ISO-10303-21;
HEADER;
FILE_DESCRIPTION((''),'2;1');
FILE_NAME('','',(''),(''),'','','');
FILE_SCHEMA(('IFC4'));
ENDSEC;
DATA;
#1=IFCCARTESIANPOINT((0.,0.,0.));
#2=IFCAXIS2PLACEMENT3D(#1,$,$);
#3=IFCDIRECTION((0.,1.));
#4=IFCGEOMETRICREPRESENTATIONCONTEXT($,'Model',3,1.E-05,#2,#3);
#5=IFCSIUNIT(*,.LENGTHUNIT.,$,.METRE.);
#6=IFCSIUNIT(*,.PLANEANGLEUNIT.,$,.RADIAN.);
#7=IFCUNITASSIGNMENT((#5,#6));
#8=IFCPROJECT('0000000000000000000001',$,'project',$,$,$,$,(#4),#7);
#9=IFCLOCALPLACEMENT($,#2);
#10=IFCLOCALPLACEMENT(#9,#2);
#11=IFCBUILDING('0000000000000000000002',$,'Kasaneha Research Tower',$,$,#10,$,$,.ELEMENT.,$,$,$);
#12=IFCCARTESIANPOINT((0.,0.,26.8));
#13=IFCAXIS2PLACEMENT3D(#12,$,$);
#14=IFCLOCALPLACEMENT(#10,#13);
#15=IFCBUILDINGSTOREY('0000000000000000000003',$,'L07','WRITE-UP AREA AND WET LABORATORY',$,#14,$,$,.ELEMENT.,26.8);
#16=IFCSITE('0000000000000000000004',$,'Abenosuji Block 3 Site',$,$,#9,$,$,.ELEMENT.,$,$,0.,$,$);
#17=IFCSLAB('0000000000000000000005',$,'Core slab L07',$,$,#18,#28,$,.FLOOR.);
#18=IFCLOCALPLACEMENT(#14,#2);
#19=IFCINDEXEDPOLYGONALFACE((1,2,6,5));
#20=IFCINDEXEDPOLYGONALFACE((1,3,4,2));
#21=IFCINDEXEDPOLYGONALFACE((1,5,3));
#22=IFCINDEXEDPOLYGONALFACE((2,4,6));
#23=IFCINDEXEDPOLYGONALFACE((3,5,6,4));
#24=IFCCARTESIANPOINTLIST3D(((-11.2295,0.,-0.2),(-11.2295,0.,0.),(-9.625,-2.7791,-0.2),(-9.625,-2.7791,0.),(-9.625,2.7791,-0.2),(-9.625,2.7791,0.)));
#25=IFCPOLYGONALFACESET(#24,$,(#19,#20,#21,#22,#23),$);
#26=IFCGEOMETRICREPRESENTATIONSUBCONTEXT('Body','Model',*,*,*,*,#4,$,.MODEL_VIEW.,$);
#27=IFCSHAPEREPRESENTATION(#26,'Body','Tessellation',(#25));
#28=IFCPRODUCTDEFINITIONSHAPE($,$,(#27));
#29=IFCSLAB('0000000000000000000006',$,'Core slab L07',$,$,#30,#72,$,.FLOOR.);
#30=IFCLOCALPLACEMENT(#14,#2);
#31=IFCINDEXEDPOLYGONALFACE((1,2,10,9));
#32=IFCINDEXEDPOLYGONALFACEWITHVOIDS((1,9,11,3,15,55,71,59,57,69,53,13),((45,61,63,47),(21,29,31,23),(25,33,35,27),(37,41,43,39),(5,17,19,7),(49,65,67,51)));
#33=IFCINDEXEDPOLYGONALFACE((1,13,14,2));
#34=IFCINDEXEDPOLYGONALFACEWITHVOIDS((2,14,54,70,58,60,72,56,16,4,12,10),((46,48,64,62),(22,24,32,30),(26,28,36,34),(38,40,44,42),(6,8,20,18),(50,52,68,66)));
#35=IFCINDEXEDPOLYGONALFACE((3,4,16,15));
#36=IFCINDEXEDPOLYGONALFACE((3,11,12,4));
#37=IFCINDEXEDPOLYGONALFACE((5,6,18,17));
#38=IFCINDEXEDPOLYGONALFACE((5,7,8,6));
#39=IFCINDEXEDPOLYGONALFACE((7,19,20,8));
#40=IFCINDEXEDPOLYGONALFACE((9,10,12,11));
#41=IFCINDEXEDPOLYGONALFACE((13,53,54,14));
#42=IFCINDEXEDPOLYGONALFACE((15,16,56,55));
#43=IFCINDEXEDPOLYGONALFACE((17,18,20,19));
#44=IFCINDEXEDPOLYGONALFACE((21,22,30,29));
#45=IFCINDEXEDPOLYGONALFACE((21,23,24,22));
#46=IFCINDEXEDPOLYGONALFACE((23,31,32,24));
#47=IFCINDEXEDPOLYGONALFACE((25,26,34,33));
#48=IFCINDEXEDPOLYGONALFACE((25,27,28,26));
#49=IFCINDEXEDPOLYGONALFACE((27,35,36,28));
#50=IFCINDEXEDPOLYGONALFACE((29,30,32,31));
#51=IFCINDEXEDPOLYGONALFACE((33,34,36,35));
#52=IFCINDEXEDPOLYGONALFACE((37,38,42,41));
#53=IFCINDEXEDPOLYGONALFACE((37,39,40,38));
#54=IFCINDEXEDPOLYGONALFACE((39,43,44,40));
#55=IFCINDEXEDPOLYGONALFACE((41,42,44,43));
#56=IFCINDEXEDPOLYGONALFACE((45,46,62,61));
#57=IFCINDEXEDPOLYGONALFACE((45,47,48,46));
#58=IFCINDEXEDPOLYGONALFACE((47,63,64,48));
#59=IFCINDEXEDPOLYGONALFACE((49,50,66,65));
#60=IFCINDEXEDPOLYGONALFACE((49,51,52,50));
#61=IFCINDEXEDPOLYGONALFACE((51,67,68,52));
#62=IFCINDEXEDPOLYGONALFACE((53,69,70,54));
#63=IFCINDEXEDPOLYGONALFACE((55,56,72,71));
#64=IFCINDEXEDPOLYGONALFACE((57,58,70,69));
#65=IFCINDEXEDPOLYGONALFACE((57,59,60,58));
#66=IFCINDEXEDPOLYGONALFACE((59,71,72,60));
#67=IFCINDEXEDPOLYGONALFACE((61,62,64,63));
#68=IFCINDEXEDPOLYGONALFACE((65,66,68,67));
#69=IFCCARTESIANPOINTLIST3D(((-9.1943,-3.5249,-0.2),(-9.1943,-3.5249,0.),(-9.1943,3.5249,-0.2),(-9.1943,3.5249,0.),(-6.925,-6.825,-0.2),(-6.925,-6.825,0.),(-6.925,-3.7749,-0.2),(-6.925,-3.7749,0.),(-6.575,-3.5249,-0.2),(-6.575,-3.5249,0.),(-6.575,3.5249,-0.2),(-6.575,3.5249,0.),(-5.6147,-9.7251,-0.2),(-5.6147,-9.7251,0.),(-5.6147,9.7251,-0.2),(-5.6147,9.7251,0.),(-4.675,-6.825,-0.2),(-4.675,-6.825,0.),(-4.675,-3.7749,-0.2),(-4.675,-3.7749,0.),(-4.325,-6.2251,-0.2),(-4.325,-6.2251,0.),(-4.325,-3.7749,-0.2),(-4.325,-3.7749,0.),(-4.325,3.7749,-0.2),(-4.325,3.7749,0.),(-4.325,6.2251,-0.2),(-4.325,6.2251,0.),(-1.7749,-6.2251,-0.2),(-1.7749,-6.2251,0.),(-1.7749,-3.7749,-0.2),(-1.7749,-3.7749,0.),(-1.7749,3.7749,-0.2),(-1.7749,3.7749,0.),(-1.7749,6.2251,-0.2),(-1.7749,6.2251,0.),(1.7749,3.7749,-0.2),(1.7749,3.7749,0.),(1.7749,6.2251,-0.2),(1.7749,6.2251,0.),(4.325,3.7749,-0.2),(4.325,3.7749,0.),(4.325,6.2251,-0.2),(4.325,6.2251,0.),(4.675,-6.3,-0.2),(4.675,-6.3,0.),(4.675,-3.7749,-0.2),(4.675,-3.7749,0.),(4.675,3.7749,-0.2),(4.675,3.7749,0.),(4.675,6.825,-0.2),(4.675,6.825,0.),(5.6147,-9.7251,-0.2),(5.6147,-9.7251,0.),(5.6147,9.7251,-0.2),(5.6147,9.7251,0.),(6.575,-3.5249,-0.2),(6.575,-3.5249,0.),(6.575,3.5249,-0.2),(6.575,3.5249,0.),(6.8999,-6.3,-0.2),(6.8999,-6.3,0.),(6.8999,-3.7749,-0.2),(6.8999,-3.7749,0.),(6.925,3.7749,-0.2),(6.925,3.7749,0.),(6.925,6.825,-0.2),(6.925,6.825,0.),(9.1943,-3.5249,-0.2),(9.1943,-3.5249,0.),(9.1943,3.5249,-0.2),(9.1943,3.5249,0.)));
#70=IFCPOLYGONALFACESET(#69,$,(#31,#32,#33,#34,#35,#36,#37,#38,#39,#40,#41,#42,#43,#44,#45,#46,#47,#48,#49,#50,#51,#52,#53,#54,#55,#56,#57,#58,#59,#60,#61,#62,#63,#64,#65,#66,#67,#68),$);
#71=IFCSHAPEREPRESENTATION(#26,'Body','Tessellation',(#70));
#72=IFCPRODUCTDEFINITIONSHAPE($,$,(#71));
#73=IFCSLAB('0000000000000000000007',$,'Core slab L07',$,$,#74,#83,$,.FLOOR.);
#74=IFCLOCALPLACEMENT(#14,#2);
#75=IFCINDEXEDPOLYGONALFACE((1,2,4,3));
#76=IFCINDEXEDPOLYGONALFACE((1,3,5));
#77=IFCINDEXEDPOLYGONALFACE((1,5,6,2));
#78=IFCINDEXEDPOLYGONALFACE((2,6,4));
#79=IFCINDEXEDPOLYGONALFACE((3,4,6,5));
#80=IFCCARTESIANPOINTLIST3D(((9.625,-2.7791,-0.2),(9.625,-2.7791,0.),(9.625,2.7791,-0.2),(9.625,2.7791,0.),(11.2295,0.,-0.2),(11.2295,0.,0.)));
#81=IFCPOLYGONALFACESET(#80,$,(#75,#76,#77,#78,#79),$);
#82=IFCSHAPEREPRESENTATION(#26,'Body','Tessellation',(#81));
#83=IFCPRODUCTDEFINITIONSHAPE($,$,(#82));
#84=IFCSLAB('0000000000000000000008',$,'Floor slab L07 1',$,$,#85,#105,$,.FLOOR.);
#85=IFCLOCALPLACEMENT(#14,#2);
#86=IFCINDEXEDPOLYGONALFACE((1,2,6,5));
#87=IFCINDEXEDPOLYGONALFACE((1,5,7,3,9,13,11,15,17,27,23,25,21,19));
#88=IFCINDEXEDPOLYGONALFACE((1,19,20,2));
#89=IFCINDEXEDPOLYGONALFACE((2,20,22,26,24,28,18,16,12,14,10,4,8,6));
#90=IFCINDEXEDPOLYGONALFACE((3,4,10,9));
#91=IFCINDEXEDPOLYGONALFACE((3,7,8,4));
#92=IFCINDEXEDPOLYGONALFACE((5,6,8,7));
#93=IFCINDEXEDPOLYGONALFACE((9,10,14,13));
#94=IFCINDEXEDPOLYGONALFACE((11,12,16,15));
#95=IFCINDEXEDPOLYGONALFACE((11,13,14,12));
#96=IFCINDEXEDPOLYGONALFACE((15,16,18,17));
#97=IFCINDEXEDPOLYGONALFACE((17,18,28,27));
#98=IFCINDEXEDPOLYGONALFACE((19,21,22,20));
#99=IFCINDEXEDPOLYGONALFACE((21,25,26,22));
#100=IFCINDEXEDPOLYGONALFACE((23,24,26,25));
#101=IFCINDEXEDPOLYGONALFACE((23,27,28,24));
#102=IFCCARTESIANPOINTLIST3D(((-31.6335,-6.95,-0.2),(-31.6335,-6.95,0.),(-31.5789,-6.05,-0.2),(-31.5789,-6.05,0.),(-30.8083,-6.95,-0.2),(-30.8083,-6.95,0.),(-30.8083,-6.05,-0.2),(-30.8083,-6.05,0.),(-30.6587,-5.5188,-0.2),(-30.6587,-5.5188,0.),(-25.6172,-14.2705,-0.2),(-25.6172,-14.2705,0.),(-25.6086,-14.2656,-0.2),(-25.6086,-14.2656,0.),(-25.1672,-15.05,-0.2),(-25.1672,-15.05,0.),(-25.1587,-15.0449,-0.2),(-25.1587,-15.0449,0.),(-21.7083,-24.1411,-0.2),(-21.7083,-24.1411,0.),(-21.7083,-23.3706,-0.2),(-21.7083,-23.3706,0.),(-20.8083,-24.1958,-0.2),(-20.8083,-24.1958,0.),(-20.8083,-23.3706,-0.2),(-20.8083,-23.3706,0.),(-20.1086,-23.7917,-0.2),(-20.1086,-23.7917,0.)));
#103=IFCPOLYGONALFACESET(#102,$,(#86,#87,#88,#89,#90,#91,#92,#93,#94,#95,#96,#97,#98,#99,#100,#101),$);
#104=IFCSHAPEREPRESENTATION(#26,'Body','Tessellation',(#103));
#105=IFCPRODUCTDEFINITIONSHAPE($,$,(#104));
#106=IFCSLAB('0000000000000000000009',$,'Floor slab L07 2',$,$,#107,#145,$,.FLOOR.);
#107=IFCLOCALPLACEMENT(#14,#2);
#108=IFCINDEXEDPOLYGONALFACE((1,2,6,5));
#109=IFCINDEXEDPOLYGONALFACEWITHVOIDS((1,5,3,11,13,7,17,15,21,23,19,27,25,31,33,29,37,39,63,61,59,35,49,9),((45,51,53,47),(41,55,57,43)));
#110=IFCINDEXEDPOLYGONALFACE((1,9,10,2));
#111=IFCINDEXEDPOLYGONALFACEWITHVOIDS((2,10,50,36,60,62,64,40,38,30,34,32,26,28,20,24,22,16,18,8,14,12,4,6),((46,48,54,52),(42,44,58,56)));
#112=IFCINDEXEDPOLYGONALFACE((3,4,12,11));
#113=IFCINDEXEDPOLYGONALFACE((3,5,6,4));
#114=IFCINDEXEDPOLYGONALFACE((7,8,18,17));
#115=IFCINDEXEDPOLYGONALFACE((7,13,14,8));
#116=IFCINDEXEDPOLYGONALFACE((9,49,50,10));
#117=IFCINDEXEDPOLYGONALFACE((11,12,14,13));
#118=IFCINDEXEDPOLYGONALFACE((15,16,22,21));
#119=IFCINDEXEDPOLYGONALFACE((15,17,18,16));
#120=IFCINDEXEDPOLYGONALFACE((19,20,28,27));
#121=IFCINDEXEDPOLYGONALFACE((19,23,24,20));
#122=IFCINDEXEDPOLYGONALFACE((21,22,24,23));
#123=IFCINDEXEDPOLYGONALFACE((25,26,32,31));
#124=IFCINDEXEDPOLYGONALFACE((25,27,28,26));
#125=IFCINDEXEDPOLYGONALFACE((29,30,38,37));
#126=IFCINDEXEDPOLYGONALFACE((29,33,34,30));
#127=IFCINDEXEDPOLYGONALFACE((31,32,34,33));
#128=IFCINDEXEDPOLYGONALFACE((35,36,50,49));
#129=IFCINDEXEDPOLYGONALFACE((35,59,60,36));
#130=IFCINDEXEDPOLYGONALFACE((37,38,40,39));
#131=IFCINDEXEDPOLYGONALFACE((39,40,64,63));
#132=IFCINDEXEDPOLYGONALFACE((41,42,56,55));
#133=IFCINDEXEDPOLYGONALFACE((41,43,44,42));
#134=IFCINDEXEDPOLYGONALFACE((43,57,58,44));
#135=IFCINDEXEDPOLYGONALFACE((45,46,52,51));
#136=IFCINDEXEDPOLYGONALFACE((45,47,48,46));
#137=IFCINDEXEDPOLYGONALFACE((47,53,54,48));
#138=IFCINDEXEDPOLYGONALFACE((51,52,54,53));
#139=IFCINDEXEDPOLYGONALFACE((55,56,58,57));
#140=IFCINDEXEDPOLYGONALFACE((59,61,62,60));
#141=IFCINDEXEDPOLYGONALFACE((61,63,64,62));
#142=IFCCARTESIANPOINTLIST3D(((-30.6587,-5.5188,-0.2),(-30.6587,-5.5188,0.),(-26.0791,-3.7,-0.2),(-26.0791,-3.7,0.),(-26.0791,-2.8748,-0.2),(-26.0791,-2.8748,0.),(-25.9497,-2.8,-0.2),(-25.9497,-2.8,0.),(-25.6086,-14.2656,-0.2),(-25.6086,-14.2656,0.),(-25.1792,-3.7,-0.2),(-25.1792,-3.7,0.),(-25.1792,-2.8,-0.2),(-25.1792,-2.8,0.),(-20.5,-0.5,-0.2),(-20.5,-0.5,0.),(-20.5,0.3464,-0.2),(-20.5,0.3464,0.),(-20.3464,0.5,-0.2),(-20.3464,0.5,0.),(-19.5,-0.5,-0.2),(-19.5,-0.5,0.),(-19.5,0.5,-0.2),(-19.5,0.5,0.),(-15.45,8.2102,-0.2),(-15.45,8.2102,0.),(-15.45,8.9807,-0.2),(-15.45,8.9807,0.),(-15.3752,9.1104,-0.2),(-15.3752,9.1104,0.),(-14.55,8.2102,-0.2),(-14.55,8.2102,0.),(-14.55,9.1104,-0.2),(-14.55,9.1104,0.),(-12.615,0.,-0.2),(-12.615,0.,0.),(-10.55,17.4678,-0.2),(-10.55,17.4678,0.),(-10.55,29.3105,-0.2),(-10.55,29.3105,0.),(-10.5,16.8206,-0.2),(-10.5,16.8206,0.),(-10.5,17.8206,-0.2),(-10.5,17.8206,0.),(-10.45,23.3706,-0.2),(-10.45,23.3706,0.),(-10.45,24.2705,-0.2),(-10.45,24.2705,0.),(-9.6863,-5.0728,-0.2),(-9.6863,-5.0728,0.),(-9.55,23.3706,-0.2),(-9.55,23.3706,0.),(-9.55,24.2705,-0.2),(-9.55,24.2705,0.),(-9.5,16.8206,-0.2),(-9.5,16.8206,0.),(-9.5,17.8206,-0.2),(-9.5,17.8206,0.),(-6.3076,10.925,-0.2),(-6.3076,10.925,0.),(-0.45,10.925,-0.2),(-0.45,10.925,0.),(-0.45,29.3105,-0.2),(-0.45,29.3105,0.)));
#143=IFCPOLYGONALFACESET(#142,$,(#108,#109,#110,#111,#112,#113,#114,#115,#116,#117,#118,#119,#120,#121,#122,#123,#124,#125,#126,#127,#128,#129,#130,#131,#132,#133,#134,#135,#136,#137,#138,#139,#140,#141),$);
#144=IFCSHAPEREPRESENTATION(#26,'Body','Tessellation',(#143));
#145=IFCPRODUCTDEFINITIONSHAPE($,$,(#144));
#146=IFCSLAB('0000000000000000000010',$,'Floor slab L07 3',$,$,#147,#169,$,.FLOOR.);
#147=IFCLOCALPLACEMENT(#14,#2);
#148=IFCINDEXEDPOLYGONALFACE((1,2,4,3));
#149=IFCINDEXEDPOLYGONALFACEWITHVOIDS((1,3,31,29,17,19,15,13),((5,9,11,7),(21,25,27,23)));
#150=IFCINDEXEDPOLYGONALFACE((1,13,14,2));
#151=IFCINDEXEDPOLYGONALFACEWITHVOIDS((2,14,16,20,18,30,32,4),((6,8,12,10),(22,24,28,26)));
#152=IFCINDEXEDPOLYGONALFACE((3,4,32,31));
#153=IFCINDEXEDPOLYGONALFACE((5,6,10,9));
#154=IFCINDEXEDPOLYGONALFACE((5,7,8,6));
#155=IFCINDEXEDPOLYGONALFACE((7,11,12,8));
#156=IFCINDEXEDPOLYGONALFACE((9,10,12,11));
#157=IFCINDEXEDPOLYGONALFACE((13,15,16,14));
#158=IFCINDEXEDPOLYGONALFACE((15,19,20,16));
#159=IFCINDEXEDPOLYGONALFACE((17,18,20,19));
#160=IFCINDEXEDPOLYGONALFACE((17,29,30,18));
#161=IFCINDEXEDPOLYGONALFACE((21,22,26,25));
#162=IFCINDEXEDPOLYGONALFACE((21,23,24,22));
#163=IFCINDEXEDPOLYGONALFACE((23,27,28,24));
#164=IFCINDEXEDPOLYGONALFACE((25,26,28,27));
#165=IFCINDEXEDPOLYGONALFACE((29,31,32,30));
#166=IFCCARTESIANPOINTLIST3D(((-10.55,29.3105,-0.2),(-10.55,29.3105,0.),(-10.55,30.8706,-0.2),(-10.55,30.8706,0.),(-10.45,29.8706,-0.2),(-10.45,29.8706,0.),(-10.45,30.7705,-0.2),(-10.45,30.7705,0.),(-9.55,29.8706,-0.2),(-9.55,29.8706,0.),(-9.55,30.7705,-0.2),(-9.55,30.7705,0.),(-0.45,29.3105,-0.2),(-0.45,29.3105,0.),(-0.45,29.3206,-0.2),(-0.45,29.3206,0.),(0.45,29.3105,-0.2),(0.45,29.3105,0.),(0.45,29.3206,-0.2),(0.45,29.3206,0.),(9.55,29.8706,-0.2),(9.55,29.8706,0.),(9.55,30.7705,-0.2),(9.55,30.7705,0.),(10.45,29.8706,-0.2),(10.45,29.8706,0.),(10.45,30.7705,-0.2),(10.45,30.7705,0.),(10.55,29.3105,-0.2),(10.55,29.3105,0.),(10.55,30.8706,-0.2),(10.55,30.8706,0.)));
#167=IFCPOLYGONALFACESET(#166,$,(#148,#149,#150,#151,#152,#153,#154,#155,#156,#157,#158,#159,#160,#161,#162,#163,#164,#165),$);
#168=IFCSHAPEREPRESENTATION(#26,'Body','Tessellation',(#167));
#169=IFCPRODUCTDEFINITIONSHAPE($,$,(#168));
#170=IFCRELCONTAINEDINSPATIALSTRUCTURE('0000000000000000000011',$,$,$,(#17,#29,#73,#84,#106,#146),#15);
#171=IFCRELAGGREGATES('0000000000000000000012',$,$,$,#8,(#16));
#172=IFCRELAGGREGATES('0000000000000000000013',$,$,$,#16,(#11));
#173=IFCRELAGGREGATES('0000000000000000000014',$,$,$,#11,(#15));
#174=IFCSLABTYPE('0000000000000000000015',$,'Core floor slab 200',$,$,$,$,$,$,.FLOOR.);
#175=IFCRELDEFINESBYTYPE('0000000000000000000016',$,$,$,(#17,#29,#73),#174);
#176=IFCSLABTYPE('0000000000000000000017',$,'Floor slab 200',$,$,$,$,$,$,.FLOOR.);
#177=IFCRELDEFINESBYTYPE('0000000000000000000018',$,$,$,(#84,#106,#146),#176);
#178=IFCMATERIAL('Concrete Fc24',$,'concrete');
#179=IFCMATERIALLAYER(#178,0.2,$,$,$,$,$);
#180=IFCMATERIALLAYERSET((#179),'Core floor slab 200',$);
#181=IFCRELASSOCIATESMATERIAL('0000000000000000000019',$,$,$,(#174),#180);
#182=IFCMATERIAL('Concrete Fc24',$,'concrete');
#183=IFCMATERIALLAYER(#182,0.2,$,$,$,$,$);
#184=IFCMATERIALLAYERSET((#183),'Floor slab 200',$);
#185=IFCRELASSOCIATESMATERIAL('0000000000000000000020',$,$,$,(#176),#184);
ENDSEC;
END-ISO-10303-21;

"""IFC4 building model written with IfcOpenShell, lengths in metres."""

from ifc_helpers import new_model, si_unit, direction, frame, origin, place, context, subcontext, project, spatial, polyline, outline, extrude, material, layer, layer_set, type_object, element, save


model = new_model("IFC4")

# Units and contexts
model_context = context("Model", 3, precision=1e-05, world=origin(), true_north=direction((0.0, 1.0)))
body_context = subcontext(model_context, "Body", "Model", "MODEL_VIEW")
ifc_project = project(units=[si_unit("LENGTHUNIT", "METRE"), si_unit("PLANEANGLEUNIT", "RADIAN")], contexts=[model_context])

# Site, building, storey
site_placement = place(None, origin())
site = spatial("IfcSite", under=ifc_project, at=site_placement, Name="Abenosuji Block 3 Site", CompositionType="ELEMENT", RefElevation=0.0)
building_placement = place(site_placement, origin())
building = spatial("IfcBuilding", under=site, at=building_placement, Name="Kasaneha Research Tower", CompositionType="ELEMENT")
storey_placement = place(building_placement, frame((0.0, 0.0, 26.8)))
storey = spatial("IfcBuildingStorey", under=building, at=storey_placement, Name="L07", Description="WRITE-UP AREA AND WET LABORATORY", CompositionType="ELEMENT", Elevation=26.8)

# Slabs
ifc_material_1 = material(Name="Concrete Fc24", Category="concrete")
ifc_layer_1 = layer(ifc_material_1, 0.2)
ifc_layer_set_1 = layer_set([ifc_layer_1], Name="Core floor slab 200")
slab_type_1 = type_object("IfcSlabType", Name="Core floor slab 200", PredefinedType="FLOOR", material=ifc_layer_set_1)
slab_1_placement = place(storey_placement, frame((0.0, 0.0, -0.2)))
element("IfcSlab", 1, at=slab_1_placement, inside=storey, type_object=slab_type_1, Name="Core slab L07", PredefinedType="FLOOR", context=body_context, shape_type="SweptSolid", body=[
    extrude(outline(polyline([(-11.2295, 0.0), (-9.625, 2.7791), (-9.625, -2.7791), (-11.2295, 0.0)])), origin(), (0.0, 0.0, 1.0), 0.2),
])
slab_2_placement = place(storey_placement, frame((0.0, 0.0, -0.2)))
element("IfcSlab", 2, at=slab_2_placement, inside=storey, type_object=slab_type_1, Name="Core slab L07", PredefinedType="FLOOR", context=body_context, shape_type="SweptSolid", body=[
    extrude(outline(polyline([(-5.6147, 9.7251), (5.6147, 9.7251), (9.1943, 3.5249), (6.575, 3.5249), (6.575, -3.5249), (9.1943, -3.5249), (5.6147, -9.7251), (-5.6147, -9.7251), (-9.1943, -3.5249), (-6.575, -3.5249), (-6.575, 3.5249), (-9.1943, 3.5249), (-5.6147, 9.7251)]), holes=[polyline([(-6.925, -3.7749), (-6.925, -6.825), (-4.675, -6.825), (-4.675, -3.7749), (-6.925, -3.7749)]), polyline([(4.675, -3.7749), (4.675, -6.3), (6.8999, -6.3), (6.8999, -3.7749), (4.675, -3.7749)]), polyline([(-4.325, -3.7749), (-4.325, -6.2251), (-1.7749, -6.2251), (-1.7749, -3.7749), (-4.325, -3.7749)]), polyline([(-4.325, 6.2251), (-4.325, 3.7749), (-1.7749, 3.7749), (-1.7749, 6.2251), (-4.325, 6.2251)]), polyline([(1.7749, 6.2251), (1.7749, 3.7749), (4.325, 3.7749), (4.325, 6.2251), (1.7749, 6.2251)]), polyline([(4.675, 6.825), (4.675, 3.7749), (6.925, 3.7749), (6.925, 6.825), (4.675, 6.825)])]), origin(), (0.0, 0.0, 1.0), 0.2),
])
slab_3_placement = place(storey_placement, frame((0.0, 0.0, -0.2)))
element("IfcSlab", 3, at=slab_3_placement, inside=storey, type_object=slab_type_1, Name="Core slab L07", PredefinedType="FLOOR", context=body_context, shape_type="SweptSolid", body=[
    extrude(outline(polyline([(11.2295, 0.0), (9.625, -2.7791), (9.625, 2.7791), (11.2295, 0.0)])), origin(), (0.0, 0.0, 1.0), 0.2),
])
ifc_material_2 = material(Name="Concrete Fc24", Category="concrete")
ifc_layer_2 = layer(ifc_material_2, 0.2)
ifc_layer_set_2 = layer_set([ifc_layer_2], Name="Floor slab 200")
slab_type_2 = type_object("IfcSlabType", Name="Floor slab 200", PredefinedType="FLOOR", material=ifc_layer_set_2)
slab_4_placement = place(storey_placement, frame((0.0, 0.0, -0.2)))
element("IfcSlab", 4, at=slab_4_placement, inside=storey, type_object=slab_type_2, Name="Floor slab L07 1", PredefinedType="FLOOR", context=body_context, shape_type="SweptSolid", body=[
    extrude(outline(polyline([(-25.1672, -15.05), (-25.1587, -15.0449), (-20.1086, -23.7917), (-20.8083, -24.1958), (-20.8083, -23.3706), (-21.7083, -23.3706), (-21.7083, -24.1411), (-31.6335, -6.95), (-30.8083, -6.95), (-30.8083, -6.05), (-31.5789, -6.05), (-30.6587, -5.5188), (-25.6086, -14.2656), (-25.6172, -14.2705), (-25.1672, -15.05)])), origin(), (0.0, 0.0, 1.0), 0.2),
])
slab_5_placement = place(storey_placement, frame((0.0, 0.0, -0.2)))
element("IfcSlab", 5, at=slab_5_placement, inside=storey, type_object=slab_type_2, Name="Floor slab L07 2", PredefinedType="FLOOR", context=body_context, shape_type="SweptSolid", body=[
    extrude(outline(polyline([(-25.1792, -2.8), (-25.9497, -2.8), (-20.5, 0.3464), (-20.5, -0.5), (-19.5, -0.5), (-19.5, 0.5), (-20.3464, 0.5), (-15.45, 8.9807), (-15.45, 8.2102), (-14.55, 8.2102), (-14.55, 9.1104), (-15.3752, 9.1104), (-10.55, 17.4678), (-10.55, 29.3105), (-0.45, 29.3105), (-0.45, 10.925), (-6.3076, 10.925), (-12.615, 0.0), (-9.6863, -5.0728), (-25.6086, -14.2656), (-30.6587, -5.5188), (-26.0791, -2.8748), (-26.0791, -3.7), (-25.1792, -3.7), (-25.1792, -2.8)]), holes=[polyline([(-9.5, 16.8206), (-9.5, 17.8206), (-10.5, 17.8206), (-10.5, 16.8206), (-9.5, 16.8206)]), polyline([(-10.45, 23.3706), (-9.55, 23.3706), (-9.55, 24.2705), (-10.45, 24.2705), (-10.45, 23.3706)])]), origin(), (0.0, 0.0, 1.0), 0.2),
])
slab_6_placement = place(storey_placement, frame((0.0, 0.0, -0.2)))
element("IfcSlab", 6, at=slab_6_placement, inside=storey, type_object=slab_type_2, Name="Floor slab L07 3", PredefinedType="FLOOR", context=body_context, shape_type="SweptSolid", body=[
    extrude(outline(polyline([(10.55, 29.3105), (0.45, 29.3105), (0.45, 29.3206), (-0.45, 29.3206), (-0.45, 29.3105), (-10.55, 29.3105), (-10.55, 30.8706), (10.55, 30.8706), (10.55, 29.3105)]), holes=[polyline([(-9.55, 29.8706), (-9.55, 30.7705), (-10.45, 30.7705), (-10.45, 29.8706), (-9.55, 29.8706)]), polyline([(9.55, 29.8706), (10.45, 29.8706), (10.45, 30.7705), (9.55, 30.7705), (9.55, 29.8706)])]), origin(), (0.0, 0.0, 1.0), 0.2),
])

save(model, "model.ifc")
